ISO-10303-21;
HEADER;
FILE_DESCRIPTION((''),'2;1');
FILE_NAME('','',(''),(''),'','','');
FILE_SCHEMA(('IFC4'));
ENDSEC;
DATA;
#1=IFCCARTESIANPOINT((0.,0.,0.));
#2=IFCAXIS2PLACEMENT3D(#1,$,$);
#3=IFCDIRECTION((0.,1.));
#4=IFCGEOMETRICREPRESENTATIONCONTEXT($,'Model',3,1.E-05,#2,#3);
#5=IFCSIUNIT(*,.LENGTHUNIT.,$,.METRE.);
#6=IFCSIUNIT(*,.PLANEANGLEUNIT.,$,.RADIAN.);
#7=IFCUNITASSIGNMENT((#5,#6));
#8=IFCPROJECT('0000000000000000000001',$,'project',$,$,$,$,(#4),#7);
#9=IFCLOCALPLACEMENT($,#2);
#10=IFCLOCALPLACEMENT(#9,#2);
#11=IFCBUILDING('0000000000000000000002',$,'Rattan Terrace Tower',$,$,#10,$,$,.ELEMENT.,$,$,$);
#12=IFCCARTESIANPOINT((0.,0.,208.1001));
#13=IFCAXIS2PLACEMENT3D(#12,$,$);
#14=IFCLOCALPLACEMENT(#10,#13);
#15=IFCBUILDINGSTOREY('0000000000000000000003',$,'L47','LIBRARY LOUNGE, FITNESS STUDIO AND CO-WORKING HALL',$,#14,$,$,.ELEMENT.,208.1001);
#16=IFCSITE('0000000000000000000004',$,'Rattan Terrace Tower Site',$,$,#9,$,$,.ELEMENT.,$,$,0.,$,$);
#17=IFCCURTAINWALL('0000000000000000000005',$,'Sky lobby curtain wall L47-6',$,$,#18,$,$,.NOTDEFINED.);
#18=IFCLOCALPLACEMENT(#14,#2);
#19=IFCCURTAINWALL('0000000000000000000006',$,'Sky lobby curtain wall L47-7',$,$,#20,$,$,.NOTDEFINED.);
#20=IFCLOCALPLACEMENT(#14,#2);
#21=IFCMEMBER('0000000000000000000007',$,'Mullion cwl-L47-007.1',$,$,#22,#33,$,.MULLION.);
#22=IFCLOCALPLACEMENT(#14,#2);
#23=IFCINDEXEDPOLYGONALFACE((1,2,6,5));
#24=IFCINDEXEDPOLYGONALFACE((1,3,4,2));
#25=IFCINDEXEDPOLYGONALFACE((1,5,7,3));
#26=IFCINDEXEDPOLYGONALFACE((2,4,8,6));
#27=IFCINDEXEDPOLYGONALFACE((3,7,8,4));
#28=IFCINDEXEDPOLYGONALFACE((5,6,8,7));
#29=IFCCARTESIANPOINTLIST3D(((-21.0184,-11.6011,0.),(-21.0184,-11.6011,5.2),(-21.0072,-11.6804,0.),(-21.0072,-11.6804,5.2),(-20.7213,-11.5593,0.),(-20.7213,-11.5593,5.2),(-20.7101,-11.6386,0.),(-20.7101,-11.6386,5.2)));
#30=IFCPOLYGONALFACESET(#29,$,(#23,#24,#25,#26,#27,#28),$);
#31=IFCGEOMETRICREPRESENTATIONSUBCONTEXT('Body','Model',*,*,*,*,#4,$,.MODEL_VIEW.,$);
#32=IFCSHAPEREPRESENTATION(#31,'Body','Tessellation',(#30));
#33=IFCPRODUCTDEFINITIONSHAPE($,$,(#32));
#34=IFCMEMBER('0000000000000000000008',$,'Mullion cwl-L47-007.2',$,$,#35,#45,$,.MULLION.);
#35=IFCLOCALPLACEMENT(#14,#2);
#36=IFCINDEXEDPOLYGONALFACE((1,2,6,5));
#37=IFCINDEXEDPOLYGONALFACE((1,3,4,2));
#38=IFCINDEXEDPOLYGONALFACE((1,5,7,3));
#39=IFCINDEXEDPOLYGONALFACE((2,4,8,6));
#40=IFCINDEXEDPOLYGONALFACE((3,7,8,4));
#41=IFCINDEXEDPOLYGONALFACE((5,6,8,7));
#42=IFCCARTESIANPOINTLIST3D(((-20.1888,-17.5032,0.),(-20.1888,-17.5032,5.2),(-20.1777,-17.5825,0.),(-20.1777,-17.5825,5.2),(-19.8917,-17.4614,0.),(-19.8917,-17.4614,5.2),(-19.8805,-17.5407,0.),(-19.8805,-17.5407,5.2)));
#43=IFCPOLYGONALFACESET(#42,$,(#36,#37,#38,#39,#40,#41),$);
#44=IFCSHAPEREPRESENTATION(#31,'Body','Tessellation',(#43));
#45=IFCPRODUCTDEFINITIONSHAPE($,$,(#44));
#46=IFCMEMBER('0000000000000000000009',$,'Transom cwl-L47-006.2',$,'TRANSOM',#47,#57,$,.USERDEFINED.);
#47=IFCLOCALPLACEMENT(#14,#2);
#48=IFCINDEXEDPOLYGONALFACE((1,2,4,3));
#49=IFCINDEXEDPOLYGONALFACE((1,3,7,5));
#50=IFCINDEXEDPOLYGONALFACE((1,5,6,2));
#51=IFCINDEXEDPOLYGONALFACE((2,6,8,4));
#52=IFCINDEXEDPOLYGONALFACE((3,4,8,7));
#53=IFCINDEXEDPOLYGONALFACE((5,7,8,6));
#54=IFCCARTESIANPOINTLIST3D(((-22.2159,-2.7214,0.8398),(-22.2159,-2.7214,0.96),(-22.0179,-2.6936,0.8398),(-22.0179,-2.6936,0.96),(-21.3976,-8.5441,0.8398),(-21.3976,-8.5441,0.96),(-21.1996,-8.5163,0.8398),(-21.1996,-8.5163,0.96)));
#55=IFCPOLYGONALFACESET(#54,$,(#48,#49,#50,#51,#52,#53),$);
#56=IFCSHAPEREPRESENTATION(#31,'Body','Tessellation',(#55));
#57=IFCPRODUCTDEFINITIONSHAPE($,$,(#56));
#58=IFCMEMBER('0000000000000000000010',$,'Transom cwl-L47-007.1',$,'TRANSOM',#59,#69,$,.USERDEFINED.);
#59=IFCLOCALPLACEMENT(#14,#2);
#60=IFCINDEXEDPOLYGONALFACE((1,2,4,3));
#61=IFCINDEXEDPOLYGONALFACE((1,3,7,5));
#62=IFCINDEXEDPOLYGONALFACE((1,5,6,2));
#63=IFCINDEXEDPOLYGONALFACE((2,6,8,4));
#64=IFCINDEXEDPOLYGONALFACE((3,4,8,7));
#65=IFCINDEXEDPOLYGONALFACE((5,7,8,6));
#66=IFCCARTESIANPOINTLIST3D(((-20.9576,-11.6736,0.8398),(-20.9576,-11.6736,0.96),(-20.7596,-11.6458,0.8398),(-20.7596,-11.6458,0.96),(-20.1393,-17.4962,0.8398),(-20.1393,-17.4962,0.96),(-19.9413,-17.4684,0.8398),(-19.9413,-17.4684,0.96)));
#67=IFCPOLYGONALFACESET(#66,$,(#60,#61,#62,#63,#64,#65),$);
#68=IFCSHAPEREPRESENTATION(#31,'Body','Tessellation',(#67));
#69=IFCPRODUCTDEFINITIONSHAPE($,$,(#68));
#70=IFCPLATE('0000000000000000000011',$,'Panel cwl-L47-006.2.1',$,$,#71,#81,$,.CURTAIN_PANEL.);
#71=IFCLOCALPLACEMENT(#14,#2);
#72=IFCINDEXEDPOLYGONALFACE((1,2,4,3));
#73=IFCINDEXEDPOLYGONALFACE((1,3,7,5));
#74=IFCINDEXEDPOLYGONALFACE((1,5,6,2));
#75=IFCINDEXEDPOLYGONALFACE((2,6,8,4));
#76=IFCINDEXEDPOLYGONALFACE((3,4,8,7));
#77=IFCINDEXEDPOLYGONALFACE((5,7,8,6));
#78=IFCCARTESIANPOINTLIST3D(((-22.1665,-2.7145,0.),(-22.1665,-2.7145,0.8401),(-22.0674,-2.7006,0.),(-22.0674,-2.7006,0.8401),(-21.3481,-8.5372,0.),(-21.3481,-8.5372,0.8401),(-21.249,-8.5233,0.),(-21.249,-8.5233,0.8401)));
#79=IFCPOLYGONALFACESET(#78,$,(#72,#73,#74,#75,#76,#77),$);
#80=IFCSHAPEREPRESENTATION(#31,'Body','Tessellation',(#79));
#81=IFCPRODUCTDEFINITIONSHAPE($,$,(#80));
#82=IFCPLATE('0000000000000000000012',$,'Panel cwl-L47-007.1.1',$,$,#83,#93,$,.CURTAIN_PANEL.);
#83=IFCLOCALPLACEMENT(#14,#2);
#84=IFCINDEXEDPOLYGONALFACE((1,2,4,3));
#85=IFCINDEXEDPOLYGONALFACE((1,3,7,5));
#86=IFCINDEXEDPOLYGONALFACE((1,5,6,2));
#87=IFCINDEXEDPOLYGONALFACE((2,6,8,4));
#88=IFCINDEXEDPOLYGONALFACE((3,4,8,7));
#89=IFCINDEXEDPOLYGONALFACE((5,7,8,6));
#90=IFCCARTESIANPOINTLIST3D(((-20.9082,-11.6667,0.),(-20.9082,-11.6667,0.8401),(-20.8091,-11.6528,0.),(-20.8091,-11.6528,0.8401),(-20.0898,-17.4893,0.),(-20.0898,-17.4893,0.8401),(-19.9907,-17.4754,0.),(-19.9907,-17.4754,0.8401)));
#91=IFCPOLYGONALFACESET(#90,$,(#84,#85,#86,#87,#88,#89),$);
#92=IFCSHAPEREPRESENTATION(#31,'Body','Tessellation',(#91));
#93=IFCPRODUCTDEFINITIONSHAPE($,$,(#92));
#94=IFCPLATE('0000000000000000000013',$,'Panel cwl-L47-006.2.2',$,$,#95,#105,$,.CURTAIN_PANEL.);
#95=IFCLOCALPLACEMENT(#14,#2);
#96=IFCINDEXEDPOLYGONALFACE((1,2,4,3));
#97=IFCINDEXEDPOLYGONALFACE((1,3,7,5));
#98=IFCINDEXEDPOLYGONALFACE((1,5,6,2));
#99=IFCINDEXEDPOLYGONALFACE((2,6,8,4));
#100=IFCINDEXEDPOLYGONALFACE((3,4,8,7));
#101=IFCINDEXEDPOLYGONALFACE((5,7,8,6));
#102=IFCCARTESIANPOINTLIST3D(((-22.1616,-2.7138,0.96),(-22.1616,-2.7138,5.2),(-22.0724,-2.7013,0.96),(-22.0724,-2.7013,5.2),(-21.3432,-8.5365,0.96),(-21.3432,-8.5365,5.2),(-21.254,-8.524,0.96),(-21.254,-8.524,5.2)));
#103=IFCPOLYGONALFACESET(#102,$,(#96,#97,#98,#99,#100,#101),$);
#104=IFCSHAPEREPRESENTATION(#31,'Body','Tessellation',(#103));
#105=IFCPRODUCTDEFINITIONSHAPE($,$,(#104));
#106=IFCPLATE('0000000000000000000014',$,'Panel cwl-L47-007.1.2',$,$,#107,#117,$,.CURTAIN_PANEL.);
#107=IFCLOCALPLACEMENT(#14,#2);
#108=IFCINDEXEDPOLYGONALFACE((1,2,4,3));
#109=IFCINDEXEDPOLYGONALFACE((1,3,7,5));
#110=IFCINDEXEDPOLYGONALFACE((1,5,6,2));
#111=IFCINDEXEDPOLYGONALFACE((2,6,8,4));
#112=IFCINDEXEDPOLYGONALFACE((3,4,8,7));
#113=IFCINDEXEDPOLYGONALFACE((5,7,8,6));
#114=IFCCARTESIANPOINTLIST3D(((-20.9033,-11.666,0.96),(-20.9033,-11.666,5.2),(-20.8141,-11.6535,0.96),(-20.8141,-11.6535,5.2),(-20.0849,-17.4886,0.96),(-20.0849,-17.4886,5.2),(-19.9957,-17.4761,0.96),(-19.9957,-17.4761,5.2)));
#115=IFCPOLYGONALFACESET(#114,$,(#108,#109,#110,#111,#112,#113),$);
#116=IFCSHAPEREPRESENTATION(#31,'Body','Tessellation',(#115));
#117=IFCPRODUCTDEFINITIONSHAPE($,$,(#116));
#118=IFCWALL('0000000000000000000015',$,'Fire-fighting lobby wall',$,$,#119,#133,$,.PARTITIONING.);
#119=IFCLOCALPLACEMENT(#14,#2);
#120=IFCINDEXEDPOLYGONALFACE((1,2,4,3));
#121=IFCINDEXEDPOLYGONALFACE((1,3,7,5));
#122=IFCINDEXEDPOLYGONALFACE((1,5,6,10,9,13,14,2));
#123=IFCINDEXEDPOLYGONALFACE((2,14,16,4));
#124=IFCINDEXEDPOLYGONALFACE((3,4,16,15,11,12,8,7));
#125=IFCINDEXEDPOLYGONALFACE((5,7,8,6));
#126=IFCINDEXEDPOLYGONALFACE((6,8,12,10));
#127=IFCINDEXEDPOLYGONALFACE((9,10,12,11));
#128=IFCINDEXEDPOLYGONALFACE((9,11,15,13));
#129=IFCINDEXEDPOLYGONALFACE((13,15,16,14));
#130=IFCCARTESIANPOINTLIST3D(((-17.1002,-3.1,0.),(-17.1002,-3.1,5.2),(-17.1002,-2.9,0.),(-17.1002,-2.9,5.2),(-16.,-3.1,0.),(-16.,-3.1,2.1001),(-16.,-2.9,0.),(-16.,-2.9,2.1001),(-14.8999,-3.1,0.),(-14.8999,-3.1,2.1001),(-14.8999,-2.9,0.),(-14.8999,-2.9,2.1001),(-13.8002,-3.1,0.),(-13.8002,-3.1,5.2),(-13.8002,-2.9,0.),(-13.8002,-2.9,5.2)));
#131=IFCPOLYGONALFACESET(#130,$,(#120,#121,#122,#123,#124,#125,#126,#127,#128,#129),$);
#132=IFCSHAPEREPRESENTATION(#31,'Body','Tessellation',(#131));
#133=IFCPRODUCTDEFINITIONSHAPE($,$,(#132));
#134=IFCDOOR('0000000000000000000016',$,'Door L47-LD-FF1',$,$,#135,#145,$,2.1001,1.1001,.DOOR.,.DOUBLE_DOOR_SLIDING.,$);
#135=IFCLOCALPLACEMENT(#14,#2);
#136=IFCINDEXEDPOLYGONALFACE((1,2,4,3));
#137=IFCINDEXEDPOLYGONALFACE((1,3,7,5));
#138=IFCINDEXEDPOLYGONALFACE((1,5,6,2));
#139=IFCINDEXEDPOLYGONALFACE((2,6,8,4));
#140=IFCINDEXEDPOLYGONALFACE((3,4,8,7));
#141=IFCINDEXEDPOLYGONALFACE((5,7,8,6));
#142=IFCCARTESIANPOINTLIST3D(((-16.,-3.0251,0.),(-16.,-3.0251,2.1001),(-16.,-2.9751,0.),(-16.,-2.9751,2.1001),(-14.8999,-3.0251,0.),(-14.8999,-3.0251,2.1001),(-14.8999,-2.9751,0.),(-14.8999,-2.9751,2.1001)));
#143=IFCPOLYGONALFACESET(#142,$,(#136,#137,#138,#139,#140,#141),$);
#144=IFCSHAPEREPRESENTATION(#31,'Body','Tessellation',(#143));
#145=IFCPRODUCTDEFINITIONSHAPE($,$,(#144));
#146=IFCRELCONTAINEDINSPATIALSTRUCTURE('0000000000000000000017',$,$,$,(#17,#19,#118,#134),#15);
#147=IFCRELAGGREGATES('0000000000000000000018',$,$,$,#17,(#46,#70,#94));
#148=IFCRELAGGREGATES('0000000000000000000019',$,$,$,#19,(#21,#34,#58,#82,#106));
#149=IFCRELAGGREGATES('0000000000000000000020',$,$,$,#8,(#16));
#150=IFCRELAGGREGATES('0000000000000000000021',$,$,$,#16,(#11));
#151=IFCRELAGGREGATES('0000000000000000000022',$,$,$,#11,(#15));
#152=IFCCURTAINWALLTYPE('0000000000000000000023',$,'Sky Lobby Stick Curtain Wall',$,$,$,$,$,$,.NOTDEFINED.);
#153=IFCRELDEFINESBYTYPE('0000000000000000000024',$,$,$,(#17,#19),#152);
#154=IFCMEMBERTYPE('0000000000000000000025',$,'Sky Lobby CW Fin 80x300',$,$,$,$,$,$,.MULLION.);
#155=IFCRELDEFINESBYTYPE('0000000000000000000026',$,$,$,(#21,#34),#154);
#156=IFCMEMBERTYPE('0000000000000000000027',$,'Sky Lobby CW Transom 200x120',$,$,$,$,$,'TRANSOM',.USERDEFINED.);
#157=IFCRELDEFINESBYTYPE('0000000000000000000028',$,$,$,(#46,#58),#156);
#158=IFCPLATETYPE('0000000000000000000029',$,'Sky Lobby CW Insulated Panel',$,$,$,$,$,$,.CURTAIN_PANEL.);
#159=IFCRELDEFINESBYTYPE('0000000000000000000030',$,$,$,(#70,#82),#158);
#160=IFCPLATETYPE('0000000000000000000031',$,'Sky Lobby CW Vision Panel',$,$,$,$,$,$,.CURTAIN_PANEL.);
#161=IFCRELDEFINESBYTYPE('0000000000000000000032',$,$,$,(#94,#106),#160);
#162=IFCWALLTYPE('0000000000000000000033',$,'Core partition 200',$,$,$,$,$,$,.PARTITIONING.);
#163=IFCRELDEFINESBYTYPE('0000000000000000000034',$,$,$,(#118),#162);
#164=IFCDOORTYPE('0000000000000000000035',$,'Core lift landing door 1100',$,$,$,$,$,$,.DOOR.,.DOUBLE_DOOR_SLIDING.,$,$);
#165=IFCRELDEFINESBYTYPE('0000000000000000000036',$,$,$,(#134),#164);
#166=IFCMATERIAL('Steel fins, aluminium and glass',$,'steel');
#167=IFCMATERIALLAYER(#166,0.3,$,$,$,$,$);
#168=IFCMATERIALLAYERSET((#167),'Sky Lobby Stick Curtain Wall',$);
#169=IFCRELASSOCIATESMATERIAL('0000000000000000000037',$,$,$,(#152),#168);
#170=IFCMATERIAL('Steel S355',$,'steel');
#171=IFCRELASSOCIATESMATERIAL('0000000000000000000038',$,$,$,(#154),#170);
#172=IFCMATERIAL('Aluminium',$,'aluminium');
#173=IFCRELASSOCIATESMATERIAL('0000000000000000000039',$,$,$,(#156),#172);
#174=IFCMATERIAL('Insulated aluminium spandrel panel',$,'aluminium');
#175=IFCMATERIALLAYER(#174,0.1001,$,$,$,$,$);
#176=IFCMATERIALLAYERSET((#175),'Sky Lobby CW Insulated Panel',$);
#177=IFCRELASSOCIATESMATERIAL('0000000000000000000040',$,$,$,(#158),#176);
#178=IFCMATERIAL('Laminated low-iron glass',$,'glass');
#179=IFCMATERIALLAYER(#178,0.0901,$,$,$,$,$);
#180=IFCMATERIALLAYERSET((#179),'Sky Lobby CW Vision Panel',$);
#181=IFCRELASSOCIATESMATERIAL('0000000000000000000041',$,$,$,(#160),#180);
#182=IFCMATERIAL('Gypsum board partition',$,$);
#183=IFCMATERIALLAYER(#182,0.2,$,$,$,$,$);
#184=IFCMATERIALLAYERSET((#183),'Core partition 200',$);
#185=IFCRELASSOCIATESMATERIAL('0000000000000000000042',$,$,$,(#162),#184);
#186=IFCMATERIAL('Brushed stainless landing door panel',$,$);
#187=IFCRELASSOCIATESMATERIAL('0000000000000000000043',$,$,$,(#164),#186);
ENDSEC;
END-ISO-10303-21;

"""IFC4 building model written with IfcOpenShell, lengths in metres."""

from ifc_helpers import new_model, si_unit, direction, frame, frame_2d, origin, origin_2d, place, context, subcontext, project, spatial, rectangle, extrude, material, layer, layer_set, material_profile, profile_set, type_object, element, fill, aggregate, save


model = new_model("IFC4")

# Units and contexts
model_context = context("Model", 3, precision=1e-05, world=origin(), true_north=direction((0.0, 1.0)))
body_context = subcontext(model_context, "Body", "Model", "MODEL_VIEW")
ifc_project = project(units=[si_unit("LENGTHUNIT", "METRE"), si_unit("PLANEANGLEUNIT", "RADIAN")], contexts=[model_context])

# Site, building, storey
site_placement = place(None, origin())
site = spatial("IfcSite", under=ifc_project, at=site_placement, Name="Rattan Terrace Tower Site", CompositionType="ELEMENT", RefElevation=0.0)
building_placement = place(site_placement, origin())
building = spatial("IfcBuilding", under=site, at=building_placement, Name="Rattan Terrace Tower", CompositionType="ELEMENT")
storey_placement = place(building_placement, frame((0.0, 0.0, 208.1001)))
storey = spatial("IfcBuildingStorey", under=building, at=storey_placement, Name="L47", Description="LIBRARY LOUNGE, FITNESS STUDIO AND CO-WORKING HALL", CompositionType="ELEMENT", Elevation=208.1001)

# Curtain walls, members
ifc_material_1 = material(Name="Steel fins, aluminium and glass", Category="steel")
ifc_layer_1 = layer(ifc_material_1, 0.3)
ifc_layer_set_1 = layer_set([ifc_layer_1], Name="Sky Lobby Stick Curtain Wall")
curtain_wall_type = type_object("IfcCurtainWallType", Name="Sky Lobby Stick Curtain Wall", PredefinedType="NOTDEFINED", material=ifc_layer_set_1)
curtain_wall_1_placement = place(storey_placement, origin())
curtain_wall_1 = element("IfcCurtainWall", 1, at=curtain_wall_1_placement, inside=storey, type_object=curtain_wall_type, Name="Sky lobby curtain wall L47-6", PredefinedType="NOTDEFINED")
ifc_material_2 = material(Name="Steel S355", Category="steel")
ifc_material_profile_1 = material_profile(ifc_material_2, rectangle(XDim=0.0801, YDim=0.3, at=origin_2d()), Name="Steel S355 80x300")
ifc_profile_set_1 = profile_set([ifc_material_profile_1], Name="Steel S355")
member_type_1 = type_object("IfcMemberType", Name="Sky Lobby CW Fin 80x300", PredefinedType="MULLION", material=ifc_profile_set_1)
curtain_wall_2_placement = place(storey_placement, origin())
curtain_wall_2 = element("IfcCurtainWall", 2, at=curtain_wall_2_placement, inside=storey, type_object=curtain_wall_type, Name="Sky lobby curtain wall L47-7", PredefinedType="NOTDEFINED")
member_1_placement = place(storey_placement, frame((-20.8643, -11.6199, 0.0), z_axis=(0.0, 0.0, 1.0), x_axis=(0.139186, -0.990266, 0.0)))
member_1 = element("IfcMember", 3, at=member_1_placement, type_object=member_type_1, Name="Mullion cwl-L47-007.1", PredefinedType="MULLION", context=body_context, shape_type="SweptSolid", body=[
    extrude(rectangle(XDim=0.0801, YDim=0.3, at=origin_2d()), origin(), (0.0, 0.0, 1.0), 5.2),
])
member_2_placement = place(storey_placement, frame((-20.0347, -17.522, 0.0), z_axis=(0.0, 0.0, 1.0), x_axis=(0.139186, -0.990266, 0.0)))
member_2 = element("IfcMember", 4, at=member_2_placement, type_object=member_type_1, Name="Mullion cwl-L47-007.2", PredefinedType="MULLION", context=body_context, shape_type="SweptSolid", body=[
    extrude(rectangle(XDim=0.0801, YDim=0.3, at=origin_2d()), origin(), (0.0, 0.0, 1.0), 5.2),
])

# Members
ifc_material_3 = material(Name="Aluminium", Category="aluminium")
ifc_material_profile_2 = material_profile(ifc_material_3, rectangle(XDim=0.2, YDim=0.1201, at=origin_2d()), Name="Aluminium 200x120")
ifc_profile_set_2 = profile_set([ifc_material_profile_2], Name="Aluminium")
member_type_2 = type_object("IfcMemberType", Name="Sky Lobby CW Transom 200x120", ElementType="TRANSOM", PredefinedType="USERDEFINED", material=ifc_profile_set_2)
member_3_placement = place(storey_placement, frame((-22.1169, -2.7075, 0.8999), z_axis=(0.139177, -0.990267, 0.0), x_axis=(0.990267, 0.139177, 0.0)))
member_3 = element("IfcMember", 5, at=member_3_placement, type_object=member_type_2, Name="Transom cwl-L47-006.2", ObjectType="TRANSOM", PredefinedType="USERDEFINED", context=body_context, shape_type="SweptSolid", body=[
    extrude(rectangle(XDim=0.2, YDim=0.1201, at=origin_2d()), origin(), (0.0, 0.0, 1.0), 5.8799),
])
member_4_placement = place(storey_placement, frame((-20.8586, -11.6597, 0.8999), z_axis=(0.139177, -0.990267, 0.0), x_axis=(0.990267, 0.139177, 0.0)))
member_4 = element("IfcMember", 6, at=member_4_placement, type_object=member_type_2, Name="Transom cwl-L47-007.1", ObjectType="TRANSOM", PredefinedType="USERDEFINED", context=body_context, shape_type="SweptSolid", body=[
    extrude(rectangle(XDim=0.2, YDim=0.1201, at=origin_2d()), origin(), (0.0, 0.0, 1.0), 5.8799),
])

# Plates
ifc_material_4 = material(Name="Insulated aluminium spandrel panel", Category="aluminium")
ifc_layer_2 = layer(ifc_material_4, 0.1001)
ifc_layer_set_2 = layer_set([ifc_layer_2], Name="Sky Lobby CW Insulated Panel")
plate_type_1 = type_object("IfcPlateType", Name="Sky Lobby CW Insulated Panel", PredefinedType="CURTAIN_PANEL", material=ifc_layer_set_2)
plate_1_placement = place(storey_placement, frame((-21.7078, -5.6189, 0.0), z_axis=(0.0, 0.0, 1.0), x_axis=(0.139186, -0.990266, 0.0)))
plate_1 = element("IfcPlate", 7, at=plate_1_placement, type_object=plate_type_1, Name="Panel cwl-L47-006.2.1", PredefinedType="CURTAIN_PANEL", context=body_context, shape_type="SweptSolid", body=[
    extrude(rectangle(XDim=5.8799, YDim=0.1001, at=origin_2d()), origin(), (0.0, 0.0, 1.0), 0.8401),
])
plate_2_placement = place(storey_placement, frame((-20.4495, -14.571, 0.0), z_axis=(0.0, 0.0, 1.0), x_axis=(0.139186, -0.990266, 0.0)))
plate_2 = element("IfcPlate", 8, at=plate_2_placement, type_object=plate_type_1, Name="Panel cwl-L47-007.1.1", PredefinedType="CURTAIN_PANEL", context=body_context, shape_type="SweptSolid", body=[
    extrude(rectangle(XDim=5.8799, YDim=0.1001, at=origin_2d()), origin(), (0.0, 0.0, 1.0), 0.8401),
])
ifc_material_5 = material(Name="Laminated low-iron glass", Category="glass")
ifc_layer_3 = layer(ifc_material_5, 0.0901)
ifc_layer_set_3 = layer_set([ifc_layer_3], Name="Sky Lobby CW Vision Panel")
plate_type_2 = type_object("IfcPlateType", Name="Sky Lobby CW Vision Panel", PredefinedType="CURTAIN_PANEL", material=ifc_layer_set_3)
plate_3_placement = place(storey_placement, frame((-21.7078, -5.6189, 0.96), z_axis=(0.0, 0.0, 1.0), x_axis=(0.139186, -0.990266, 0.0)))
plate_3 = element("IfcPlate", 9, at=plate_3_placement, type_object=plate_type_2, Name="Panel cwl-L47-006.2.2", PredefinedType="CURTAIN_PANEL", context=body_context, shape_type="SweptSolid", body=[
    extrude(rectangle(XDim=5.8799, YDim=0.0901, at=origin_2d()), origin(), (0.0, 0.0, 1.0), 4.24),
])
aggregate(curtain_wall_1, [member_3, plate_1, plate_3])
plate_4_placement = place(storey_placement, frame((-20.4495, -14.571, 0.96), z_axis=(0.0, 0.0, 1.0), x_axis=(0.139186, -0.990266, 0.0)))
plate_4 = element("IfcPlate", 10, at=plate_4_placement, type_object=plate_type_2, Name="Panel cwl-L47-007.1.2", PredefinedType="CURTAIN_PANEL", context=body_context, shape_type="SweptSolid", body=[
    extrude(rectangle(XDim=5.8799, YDim=0.0901, at=origin_2d()), origin(), (0.0, 0.0, 1.0), 4.24),
])
aggregate(curtain_wall_2, [member_1, member_2, member_4, plate_2, plate_4])

# Wall, opening, door
ifc_material_6 = material(Name="Gypsum board partition")
ifc_layer_4 = layer(ifc_material_6, 0.2)
ifc_layer_set_4 = layer_set([ifc_layer_4], Name="Core partition 200")
wall_type_1 = type_object("IfcWallType", Name="Core partition 200", PredefinedType="PARTITIONING", material=ifc_layer_set_4)
wall_1_placement = place(storey_placement, frame((-17.1001, -3.0, 0.0), z_axis=(0.0, 0.0, 1.0), x_axis=(1.0, 0.0, 0.0)))
wall_1 = element("IfcWall", 11, at=wall_1_placement, inside=storey, type_object=wall_type_1, Name="Fire-fighting lobby wall", PredefinedType="PARTITIONING", context=body_context, shape_type="SweptSolid", body=[
    extrude(rectangle(XDim=3.3, YDim=0.2, at=frame_2d((1.6499, 0.0))), origin(), (0.0, 0.0, 1.0), 5.2),
])
opening_1_placement = place(wall_1_placement, frame((1.1001, 0.0, 0.0)))
opening_1 = element("IfcOpeningElement", 12, at=opening_1_placement, cuts=wall_1, PredefinedType="OPENING", context=body_context, shape_type="SweptSolid", body=[
    extrude(rectangle(XDim=1.1001, YDim=2.1001, at=frame_2d((0.55, 1.05))), frame((0.0, 0.1106, 0.0), z_axis=(0.0, -1.0, 0.0), x_axis=(1.0, 0.0, 0.0)), (0.0, 0.0, 1.0), 0.2209),
])
ifc_material_7 = material(Name="Brushed stainless landing door panel")
door_type_1 = type_object("IfcDoorType", Name="Core lift landing door 1100", OperationType="DOUBLE_DOOR_SLIDING", PredefinedType="DOOR", material=ifc_material_7)
door_1_placement = place(opening_1_placement, origin())
door_1 = element("IfcDoor", 13, at=door_1_placement, inside=storey, type_object=door_type_1, Name="Door L47-LD-FF1", OperationType="DOUBLE_DOOR_SLIDING", OverallHeight=2.1001, OverallWidth=1.1001, PredefinedType="DOOR", context=body_context, shape_type="SweptSolid", body=[
    extrude(rectangle(XDim=1.1001, YDim=2.1001, at=frame_2d((0.55, 1.05))), frame((0.0, 0.0249, 0.0), z_axis=(0.0, -1.0, 0.0), x_axis=(1.0, 0.0, 0.0)), (0.0, 0.0, 1.0), 0.05),
])
fill(opening_1, door_1)

save(model, "model.ifc")
